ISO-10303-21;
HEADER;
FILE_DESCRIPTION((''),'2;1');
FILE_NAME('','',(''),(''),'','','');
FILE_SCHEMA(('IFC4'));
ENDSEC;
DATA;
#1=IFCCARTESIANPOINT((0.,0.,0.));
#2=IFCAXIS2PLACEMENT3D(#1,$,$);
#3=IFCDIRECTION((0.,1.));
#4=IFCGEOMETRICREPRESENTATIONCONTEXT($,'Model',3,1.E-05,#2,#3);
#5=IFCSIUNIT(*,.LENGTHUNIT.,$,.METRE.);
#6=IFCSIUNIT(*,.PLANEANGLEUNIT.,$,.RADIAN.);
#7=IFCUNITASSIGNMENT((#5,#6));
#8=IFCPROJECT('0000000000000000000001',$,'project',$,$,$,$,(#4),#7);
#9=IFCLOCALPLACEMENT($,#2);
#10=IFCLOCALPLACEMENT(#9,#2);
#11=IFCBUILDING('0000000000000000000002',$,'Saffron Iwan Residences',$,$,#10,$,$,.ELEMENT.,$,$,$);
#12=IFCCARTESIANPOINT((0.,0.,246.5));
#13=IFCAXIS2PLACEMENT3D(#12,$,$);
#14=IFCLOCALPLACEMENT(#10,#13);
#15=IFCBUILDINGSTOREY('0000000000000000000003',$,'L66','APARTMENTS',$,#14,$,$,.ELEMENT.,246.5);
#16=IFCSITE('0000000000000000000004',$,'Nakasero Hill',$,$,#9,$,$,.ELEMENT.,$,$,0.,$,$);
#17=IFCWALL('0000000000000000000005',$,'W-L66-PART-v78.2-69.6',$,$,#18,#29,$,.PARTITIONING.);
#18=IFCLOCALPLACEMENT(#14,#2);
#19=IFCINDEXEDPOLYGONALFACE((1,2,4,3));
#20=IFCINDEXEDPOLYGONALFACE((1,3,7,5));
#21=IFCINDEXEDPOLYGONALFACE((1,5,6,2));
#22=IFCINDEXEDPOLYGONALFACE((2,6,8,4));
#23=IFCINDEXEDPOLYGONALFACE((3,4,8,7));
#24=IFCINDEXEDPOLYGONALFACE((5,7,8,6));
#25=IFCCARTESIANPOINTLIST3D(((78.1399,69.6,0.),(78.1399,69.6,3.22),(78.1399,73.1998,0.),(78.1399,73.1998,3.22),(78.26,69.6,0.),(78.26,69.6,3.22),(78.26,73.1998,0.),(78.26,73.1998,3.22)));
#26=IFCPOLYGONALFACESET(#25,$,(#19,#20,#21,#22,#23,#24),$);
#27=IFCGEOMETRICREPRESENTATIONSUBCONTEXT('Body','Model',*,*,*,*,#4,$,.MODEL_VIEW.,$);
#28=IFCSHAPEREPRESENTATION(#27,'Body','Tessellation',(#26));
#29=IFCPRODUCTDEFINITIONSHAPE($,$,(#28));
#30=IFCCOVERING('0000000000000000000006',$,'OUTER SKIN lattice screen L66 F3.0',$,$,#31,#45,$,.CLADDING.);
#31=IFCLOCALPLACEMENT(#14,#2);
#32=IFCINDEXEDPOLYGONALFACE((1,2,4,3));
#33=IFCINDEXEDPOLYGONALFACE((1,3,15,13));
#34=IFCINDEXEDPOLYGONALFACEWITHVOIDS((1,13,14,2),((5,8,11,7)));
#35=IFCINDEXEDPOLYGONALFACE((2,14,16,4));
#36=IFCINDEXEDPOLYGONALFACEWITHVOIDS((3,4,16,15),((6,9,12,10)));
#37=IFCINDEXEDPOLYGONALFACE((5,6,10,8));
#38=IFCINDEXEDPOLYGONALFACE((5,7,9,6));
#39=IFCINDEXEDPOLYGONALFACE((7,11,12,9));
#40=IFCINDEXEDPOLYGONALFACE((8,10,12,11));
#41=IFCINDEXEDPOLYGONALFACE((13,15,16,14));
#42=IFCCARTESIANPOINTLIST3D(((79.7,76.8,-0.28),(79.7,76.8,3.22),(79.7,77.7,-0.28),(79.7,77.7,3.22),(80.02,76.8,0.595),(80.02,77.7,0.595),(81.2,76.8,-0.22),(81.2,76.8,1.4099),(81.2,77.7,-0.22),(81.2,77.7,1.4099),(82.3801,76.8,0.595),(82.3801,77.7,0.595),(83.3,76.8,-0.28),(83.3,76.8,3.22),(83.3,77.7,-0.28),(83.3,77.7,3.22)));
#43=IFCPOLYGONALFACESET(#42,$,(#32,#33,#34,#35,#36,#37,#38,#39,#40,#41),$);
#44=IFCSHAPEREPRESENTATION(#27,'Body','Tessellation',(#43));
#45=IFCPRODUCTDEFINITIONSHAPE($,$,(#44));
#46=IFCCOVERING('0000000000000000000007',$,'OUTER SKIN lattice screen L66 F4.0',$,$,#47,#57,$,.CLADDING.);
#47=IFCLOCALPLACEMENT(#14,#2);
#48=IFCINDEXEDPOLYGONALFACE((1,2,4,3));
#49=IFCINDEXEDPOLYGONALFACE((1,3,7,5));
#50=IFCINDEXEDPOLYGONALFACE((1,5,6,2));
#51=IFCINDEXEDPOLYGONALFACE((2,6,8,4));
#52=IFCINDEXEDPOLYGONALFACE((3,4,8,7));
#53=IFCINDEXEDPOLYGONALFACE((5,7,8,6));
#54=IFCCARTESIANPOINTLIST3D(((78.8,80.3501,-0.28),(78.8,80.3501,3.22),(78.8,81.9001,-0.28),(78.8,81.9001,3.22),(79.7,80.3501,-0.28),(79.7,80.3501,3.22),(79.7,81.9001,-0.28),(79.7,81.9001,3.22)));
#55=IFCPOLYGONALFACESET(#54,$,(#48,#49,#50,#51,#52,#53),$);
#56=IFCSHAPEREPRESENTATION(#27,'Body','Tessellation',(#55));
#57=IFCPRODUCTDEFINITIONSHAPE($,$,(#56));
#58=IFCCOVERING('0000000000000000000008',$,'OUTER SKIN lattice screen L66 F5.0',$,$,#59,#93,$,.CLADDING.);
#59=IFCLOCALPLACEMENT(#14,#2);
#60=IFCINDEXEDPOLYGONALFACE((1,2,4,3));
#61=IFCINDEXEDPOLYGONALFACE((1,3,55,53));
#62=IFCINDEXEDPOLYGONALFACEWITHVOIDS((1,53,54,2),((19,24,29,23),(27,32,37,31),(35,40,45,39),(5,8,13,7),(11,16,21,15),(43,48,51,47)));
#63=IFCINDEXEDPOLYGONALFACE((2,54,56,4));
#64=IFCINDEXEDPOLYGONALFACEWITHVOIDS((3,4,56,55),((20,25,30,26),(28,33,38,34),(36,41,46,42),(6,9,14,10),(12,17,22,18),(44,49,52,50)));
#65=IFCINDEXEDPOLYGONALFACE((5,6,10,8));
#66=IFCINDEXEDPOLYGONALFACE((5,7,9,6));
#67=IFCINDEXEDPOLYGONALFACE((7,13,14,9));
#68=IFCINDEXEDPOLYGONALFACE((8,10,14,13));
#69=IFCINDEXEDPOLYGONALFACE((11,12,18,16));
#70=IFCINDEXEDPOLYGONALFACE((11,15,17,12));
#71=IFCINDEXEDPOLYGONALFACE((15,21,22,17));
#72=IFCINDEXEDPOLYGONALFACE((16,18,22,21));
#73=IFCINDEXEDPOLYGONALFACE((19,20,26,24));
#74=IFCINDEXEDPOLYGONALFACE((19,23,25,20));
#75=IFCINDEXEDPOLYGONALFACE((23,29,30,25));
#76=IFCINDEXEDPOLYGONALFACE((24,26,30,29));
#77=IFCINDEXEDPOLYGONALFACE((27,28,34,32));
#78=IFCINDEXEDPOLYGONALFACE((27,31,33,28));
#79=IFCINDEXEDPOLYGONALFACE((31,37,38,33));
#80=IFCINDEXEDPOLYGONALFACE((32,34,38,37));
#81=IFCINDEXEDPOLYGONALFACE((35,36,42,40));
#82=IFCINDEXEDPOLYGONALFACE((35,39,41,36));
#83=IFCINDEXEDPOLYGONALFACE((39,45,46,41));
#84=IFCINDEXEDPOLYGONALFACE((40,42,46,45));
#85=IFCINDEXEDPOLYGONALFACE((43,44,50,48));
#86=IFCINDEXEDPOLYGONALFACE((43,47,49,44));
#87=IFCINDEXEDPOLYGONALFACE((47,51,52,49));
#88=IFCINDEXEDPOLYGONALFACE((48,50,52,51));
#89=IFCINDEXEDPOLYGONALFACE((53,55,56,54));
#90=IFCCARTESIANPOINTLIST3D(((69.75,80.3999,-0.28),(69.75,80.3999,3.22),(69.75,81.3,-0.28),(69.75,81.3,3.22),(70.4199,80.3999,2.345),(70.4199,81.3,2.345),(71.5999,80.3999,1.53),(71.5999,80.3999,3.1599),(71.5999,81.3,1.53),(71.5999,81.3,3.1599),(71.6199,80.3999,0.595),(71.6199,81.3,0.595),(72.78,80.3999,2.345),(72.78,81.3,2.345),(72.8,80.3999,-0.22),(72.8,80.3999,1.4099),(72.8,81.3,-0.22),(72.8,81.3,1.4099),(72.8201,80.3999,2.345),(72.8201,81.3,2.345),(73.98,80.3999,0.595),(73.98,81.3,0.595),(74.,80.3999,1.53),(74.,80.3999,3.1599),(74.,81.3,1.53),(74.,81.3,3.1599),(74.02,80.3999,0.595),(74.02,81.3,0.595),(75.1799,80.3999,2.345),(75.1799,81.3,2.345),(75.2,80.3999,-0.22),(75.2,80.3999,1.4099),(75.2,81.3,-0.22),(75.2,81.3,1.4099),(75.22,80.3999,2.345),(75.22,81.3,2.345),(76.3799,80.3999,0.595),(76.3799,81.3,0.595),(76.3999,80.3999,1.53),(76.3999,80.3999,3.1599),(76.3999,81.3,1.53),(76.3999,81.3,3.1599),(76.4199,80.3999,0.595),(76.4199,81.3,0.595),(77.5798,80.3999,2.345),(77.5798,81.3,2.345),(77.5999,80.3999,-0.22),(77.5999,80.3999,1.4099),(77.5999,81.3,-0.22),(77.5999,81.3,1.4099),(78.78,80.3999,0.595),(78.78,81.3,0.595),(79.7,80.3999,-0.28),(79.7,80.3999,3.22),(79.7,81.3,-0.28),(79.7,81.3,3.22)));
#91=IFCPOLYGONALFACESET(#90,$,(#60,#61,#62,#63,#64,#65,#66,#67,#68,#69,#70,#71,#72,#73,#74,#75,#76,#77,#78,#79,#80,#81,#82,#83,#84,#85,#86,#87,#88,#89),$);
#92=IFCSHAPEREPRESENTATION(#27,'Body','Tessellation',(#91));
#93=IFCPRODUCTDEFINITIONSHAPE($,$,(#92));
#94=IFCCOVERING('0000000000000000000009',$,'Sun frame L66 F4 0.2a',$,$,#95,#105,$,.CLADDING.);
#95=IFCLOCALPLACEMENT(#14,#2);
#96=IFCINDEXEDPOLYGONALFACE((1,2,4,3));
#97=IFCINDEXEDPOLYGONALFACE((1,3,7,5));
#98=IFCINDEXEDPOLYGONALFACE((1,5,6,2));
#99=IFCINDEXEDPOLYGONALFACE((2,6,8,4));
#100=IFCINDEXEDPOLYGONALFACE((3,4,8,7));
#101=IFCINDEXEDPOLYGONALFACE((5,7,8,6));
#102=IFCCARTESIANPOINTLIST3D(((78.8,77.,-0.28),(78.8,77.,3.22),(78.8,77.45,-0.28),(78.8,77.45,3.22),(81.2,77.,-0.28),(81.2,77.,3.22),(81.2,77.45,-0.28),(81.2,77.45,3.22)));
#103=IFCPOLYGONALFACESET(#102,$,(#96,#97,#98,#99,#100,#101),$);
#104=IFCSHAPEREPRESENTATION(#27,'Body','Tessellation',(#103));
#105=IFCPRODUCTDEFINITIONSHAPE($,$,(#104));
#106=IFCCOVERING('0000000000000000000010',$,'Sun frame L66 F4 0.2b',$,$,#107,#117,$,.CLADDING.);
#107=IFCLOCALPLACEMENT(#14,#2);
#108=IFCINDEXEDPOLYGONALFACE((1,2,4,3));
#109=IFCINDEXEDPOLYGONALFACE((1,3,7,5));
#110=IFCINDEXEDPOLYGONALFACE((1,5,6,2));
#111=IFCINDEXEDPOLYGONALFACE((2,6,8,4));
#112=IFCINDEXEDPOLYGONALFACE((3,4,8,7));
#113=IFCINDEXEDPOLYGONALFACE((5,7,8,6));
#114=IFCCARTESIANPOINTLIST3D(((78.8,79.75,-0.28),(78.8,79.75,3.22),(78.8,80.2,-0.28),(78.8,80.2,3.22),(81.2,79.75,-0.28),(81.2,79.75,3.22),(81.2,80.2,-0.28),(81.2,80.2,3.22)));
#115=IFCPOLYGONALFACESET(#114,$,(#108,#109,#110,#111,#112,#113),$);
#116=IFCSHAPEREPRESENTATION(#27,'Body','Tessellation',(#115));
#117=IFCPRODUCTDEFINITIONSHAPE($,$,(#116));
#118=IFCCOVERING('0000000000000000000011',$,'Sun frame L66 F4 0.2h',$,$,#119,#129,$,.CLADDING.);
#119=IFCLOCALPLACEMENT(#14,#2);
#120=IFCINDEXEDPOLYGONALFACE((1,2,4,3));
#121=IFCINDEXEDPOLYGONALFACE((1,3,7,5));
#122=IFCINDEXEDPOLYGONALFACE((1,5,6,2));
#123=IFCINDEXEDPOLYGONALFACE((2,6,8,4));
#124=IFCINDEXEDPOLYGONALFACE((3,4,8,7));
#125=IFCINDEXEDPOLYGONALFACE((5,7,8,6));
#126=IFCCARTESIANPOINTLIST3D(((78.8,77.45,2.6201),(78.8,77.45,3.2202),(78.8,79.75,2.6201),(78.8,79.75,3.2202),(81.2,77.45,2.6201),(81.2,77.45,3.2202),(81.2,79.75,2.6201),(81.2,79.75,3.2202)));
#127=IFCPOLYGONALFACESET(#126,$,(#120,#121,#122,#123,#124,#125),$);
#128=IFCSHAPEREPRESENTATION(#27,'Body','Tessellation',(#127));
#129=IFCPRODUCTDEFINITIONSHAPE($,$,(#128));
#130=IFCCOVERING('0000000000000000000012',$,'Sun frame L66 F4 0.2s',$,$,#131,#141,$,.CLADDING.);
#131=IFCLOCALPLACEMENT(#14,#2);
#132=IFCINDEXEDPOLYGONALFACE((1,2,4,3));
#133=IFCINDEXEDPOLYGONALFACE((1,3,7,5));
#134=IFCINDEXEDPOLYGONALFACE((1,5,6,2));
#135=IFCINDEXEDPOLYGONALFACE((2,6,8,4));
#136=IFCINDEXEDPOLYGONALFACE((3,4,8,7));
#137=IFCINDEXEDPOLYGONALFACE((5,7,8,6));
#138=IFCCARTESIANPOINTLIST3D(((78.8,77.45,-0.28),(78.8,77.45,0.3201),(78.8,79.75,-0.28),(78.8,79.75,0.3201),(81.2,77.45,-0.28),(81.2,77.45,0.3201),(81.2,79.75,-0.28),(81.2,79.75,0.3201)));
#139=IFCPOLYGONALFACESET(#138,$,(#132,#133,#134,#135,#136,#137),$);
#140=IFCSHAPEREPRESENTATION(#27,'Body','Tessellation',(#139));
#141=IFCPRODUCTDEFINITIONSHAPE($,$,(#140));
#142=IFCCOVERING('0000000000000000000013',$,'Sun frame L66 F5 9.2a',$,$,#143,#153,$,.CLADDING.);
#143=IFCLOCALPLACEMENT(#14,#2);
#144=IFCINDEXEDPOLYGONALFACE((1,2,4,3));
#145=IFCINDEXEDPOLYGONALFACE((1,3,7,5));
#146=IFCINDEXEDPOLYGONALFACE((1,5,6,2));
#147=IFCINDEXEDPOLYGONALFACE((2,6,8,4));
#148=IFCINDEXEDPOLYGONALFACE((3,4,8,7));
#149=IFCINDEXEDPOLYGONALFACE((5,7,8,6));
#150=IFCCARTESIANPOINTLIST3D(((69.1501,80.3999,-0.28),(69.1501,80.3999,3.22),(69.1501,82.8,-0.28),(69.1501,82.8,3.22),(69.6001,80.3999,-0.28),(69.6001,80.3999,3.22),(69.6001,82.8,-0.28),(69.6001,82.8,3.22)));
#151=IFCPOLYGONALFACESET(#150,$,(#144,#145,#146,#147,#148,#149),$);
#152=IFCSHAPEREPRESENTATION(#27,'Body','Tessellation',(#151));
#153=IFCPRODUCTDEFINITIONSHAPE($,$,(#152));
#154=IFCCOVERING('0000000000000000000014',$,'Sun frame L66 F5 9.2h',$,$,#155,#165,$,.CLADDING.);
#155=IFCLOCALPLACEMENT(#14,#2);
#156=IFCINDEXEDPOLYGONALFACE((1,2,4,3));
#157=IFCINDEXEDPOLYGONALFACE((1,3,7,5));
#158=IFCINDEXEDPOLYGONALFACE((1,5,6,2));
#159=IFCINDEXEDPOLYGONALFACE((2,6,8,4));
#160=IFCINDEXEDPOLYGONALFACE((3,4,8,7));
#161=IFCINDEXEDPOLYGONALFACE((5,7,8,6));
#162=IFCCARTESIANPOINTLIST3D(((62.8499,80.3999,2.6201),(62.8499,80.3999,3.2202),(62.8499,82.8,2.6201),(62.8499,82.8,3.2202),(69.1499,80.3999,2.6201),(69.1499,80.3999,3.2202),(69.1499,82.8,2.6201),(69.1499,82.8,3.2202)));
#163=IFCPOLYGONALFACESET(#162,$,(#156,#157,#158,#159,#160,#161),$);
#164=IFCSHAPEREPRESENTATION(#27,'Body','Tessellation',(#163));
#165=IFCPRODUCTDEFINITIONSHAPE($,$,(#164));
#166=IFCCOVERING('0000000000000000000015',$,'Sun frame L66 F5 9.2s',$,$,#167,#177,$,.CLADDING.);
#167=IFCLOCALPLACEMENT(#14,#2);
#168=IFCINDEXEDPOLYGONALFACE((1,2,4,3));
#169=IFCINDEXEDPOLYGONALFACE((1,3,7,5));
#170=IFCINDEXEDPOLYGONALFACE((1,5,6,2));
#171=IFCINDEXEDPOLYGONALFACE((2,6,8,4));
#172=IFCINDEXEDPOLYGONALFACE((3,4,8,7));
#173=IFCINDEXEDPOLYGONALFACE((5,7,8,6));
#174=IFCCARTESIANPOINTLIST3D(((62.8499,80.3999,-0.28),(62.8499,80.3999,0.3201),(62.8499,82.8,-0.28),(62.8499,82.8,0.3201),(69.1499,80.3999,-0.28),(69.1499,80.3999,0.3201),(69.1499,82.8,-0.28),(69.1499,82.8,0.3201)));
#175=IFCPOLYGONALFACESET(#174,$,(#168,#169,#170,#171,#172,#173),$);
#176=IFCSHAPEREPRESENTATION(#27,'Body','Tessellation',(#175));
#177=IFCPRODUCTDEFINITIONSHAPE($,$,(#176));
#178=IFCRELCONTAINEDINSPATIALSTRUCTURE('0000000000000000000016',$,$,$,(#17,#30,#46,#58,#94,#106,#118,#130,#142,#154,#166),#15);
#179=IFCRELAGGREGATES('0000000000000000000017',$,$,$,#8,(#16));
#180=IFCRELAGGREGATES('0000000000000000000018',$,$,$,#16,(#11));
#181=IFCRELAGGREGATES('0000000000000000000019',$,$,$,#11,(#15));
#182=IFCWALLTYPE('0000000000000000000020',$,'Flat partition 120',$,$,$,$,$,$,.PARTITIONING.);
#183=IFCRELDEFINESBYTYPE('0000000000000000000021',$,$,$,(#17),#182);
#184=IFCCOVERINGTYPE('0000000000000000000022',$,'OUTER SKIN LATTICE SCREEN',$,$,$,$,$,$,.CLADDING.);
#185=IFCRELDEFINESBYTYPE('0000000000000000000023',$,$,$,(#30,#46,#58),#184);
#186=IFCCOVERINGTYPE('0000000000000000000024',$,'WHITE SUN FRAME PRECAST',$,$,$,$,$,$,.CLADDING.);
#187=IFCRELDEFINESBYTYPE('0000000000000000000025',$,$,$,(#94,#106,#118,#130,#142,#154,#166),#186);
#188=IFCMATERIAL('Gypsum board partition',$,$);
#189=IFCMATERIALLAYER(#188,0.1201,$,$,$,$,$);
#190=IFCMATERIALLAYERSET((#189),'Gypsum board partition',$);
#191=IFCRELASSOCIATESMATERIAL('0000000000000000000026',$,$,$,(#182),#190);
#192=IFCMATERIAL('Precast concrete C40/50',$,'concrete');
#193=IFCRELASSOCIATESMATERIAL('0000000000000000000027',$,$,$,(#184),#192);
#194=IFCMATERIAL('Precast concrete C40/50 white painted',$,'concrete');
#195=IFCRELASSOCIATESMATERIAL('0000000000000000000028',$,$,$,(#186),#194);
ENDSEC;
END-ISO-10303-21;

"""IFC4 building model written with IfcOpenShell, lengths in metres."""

from ifc_helpers import new_model, si_unit, direction, frame, frame_2d, origin, place, context, subcontext, project, spatial, polyline, rectangle, outline, extrude, material, layer, layer_set, type_object, element, save


model = new_model("IFC4")

# Units and contexts
model_context = context("Model", 3, precision=1e-05, world=origin(), true_north=direction((0.0, 1.0)))
body_context = subcontext(model_context, "Body", "Model", "MODEL_VIEW")
ifc_project = project(units=[si_unit("LENGTHUNIT", "METRE"), si_unit("PLANEANGLEUNIT", "RADIAN")], contexts=[model_context])

# Site, building, storey
site_placement = place(None, origin())
site = spatial("IfcSite", under=ifc_project, at=site_placement, Name="Nakasero Hill", CompositionType="ELEMENT", RefElevation=0.0)
building_placement = place(site_placement, origin())
building = spatial("IfcBuilding", under=site, at=building_placement, Name="Saffron Iwan Residences", CompositionType="ELEMENT")
storey_placement = place(building_placement, frame((0.0, 0.0, 246.5)))
storey = spatial("IfcBuildingStorey", under=building, at=storey_placement, Name="L66", Description="APARTMENTS", CompositionType="ELEMENT", Elevation=246.5)

# Shared definitions
ifc_material_1 = material(Name="Gypsum board partition")
ifc_layer_1 = layer(ifc_material_1, 0.1201)
ifc_layer_set_1 = layer_set([ifc_layer_1], Name="Gypsum board partition")
wall_type_1 = type_object("IfcWallType", Name="Flat partition 120", PredefinedType="PARTITIONING", material=ifc_layer_set_1)

# Wall
wall_1_placement = place(storey_placement, frame((78.2, 69.6001, 0.0), z_axis=(0.0, 0.0, 1.0), x_axis=(0.0, 1.0, 0.0)))
element("IfcWall", 1, at=wall_1_placement, inside=storey, type_object=wall_type_1, Name="W-L66-PART-v78.2-69.6", PredefinedType="PARTITIONING", context=body_context, shape_type="SweptSolid", body=[
    extrude(rectangle(XDim=3.5999, YDim=0.1201, at=frame_2d((1.7998, 0.0))), origin(), (0.0, 0.0, 1.0), 3.22),
])

# Coverings
ifc_material_2 = material(Name="Precast concrete C40/50", Category="concrete")
covering_type_1 = type_object("IfcCoveringType", Name="OUTER SKIN LATTICE SCREEN", PredefinedType="CLADDING", material=ifc_material_2)
covering_1_placement = place(storey_placement, frame((83.3, 76.8, -0.28), z_axis=(0.0, 1.0, 0.0), x_axis=(-1.0, 0.0, 0.0)))
element("IfcCovering", 2, at=covering_1_placement, inside=storey, type_object=covering_type_1, Name="OUTER SKIN lattice screen L66 F3.0", PredefinedType="CLADDING", context=body_context, shape_type="SweptSolid", body=[
    extrude(outline(polyline([(0.0, 0.0), (3.6001, 0.0), (3.6001, 3.5), (0.0, 3.5), (0.0, 0.0)]), holes=[polyline([(0.9199, 0.875), (2.1001, 0.0601), (3.28, 0.875), (2.1001, 1.6899), (0.9199, 0.875)])]), origin(), (0.0, 0.0, 1.0), 0.8999),
])
covering_2_placement = place(storey_placement, frame((78.8, 80.3501, -0.28), z_axis=(1.0, 0.0, 0.0), x_axis=(0.0, 1.0, 0.0)))
element("IfcCovering", 3, at=covering_2_placement, inside=storey, type_object=covering_type_1, Name="OUTER SKIN lattice screen L66 F4.0", PredefinedType="CLADDING", context=body_context, shape_type="SweptSolid", body=[
    extrude(outline(polyline([(0.0, 0.0), (1.55, 0.0), (1.55, 3.5), (0.0, 3.5), (0.0, 0.0)])), origin(), (0.0, 0.0, 1.0), 0.8999),
])
covering_3_placement = place(storey_placement, frame((79.7, 80.3999, -0.28), z_axis=(0.0, 1.0, 0.0), x_axis=(-1.0, 0.0, 0.0)))
element("IfcCovering", 4, at=covering_3_placement, inside=storey, type_object=covering_type_1, Name="OUTER SKIN lattice screen L66 F5.0", PredefinedType="CLADDING", context=body_context, shape_type="SweptSolid", body=[
    extrude(outline(polyline([(0.0, 0.0), (9.95, 0.0), (9.95, 3.5), (0.0, 3.5), (0.0, 0.0)]), holes=[polyline([(0.9199, 0.875), (2.1001, 0.0601), (3.28, 0.875), (2.1001, 1.6899), (0.9199, 0.875)]), polyline([(3.3201, 0.875), (4.5, 0.0601), (5.6799, 0.875), (4.5, 1.6899), (3.3201, 0.875)]), polyline([(5.72, 0.875), (6.8999, 0.0601), (8.0801, 0.875), (6.8999, 1.6899), (5.72, 0.875)]), polyline([(2.1201, 2.625), (3.3, 1.8101), (4.48, 2.625), (3.3, 3.4399), (2.1201, 2.625)]), polyline([(4.52, 2.625), (5.7, 1.8101), (6.8799, 2.625), (5.7, 3.4399), (4.52, 2.625)]), polyline([(6.9199, 2.625), (8.1001, 1.8101), (9.28, 2.625), (8.1001, 3.4399), (6.9199, 2.625)])]), origin(), (0.0, 0.0, 1.0), 0.9001),
])
ifc_material_3 = material(Name="Precast concrete C40/50 white painted", Category="concrete")
covering_type_2 = type_object("IfcCoveringType", Name="WHITE SUN FRAME PRECAST", PredefinedType="CLADDING", material=ifc_material_3)
for number, where, z_axis, x_axis, name in (
    (5, (78.8, 77.0, -0.28), (1.0, 0.0, 0.0), (0.0, 1.0, 0.0), "Sun frame L66 F4 0.2a"),
    (6, (78.8, 79.75, -0.28), (1.0, 0.0, 0.0), (0.0, 1.0, 0.0), "Sun frame L66 F4 0.2b"),
):
    element("IfcCovering", number, at=place(storey_placement, frame(where, z_axis=z_axis, x_axis=x_axis)), inside=storey, type_object=covering_type_2, Name=name, PredefinedType="CLADDING", context=body_context, shape_type="SweptSolid", body=[
        extrude(outline(polyline([(0.0, 0.0), (0.45, 0.0), (0.45, 3.5), (0.0, 3.5), (0.0, 0.0)])), origin(), (0.0, 0.0, 1.0), 2.3999),
    ])
for number, where, z_axis, x_axis, name in (
    (7, (78.8, 77.45, 2.6201), (1.0, 0.0, 0.0), (0.0, 1.0, 0.0), "Sun frame L66 F4 0.2h"),
    (8, (78.8, 77.45, -0.28), (1.0, 0.0, 0.0), (0.0, 1.0, 0.0), "Sun frame L66 F4 0.2s"),
):
    element("IfcCovering", number, at=place(storey_placement, frame(where, z_axis=z_axis, x_axis=x_axis)), inside=storey, type_object=covering_type_2, Name=name, PredefinedType="CLADDING", context=body_context, shape_type="SweptSolid", body=[
        extrude(outline(polyline([(0.0, 0.0), (2.3, 0.0), (2.3, 0.6001), (0.0, 0.6001), (0.0, 0.0)])), origin(), (0.0, 0.0, 1.0), 2.3999),
    ])
covering_4_placement = place(storey_placement, frame((69.6001, 80.3999, -0.28), z_axis=(0.0, 1.0, 0.0), x_axis=(-1.0, 0.0, 0.0)))
element("IfcCovering", 9, at=covering_4_placement, inside=storey, type_object=covering_type_2, Name="Sun frame L66 F5 9.2a", PredefinedType="CLADDING", context=body_context, shape_type="SweptSolid", body=[
    extrude(outline(polyline([(0.0, 0.0), (0.45, 0.0), (0.45, 3.5), (0.0, 3.5), (0.0, 0.0)])), origin(), (0.0, 0.0, 1.0), 2.4001),
])
for number, where, z_axis, x_axis, name in (
    (10, (69.1499, 80.3999, 2.6201), (0.0, 1.0, 0.0), (-1.0, 0.0, 0.0), "Sun frame L66 F5 9.2h"),
    (11, (69.1499, 80.3999, -0.28), (0.0, 1.0, 0.0), (-1.0, 0.0, 0.0), "Sun frame L66 F5 9.2s"),
):
    element("IfcCovering", number, at=place(storey_placement, frame(where, z_axis=z_axis, x_axis=x_axis)), inside=storey, type_object=covering_type_2, Name=name, PredefinedType="CLADDING", context=body_context, shape_type="SweptSolid", body=[
        extrude(outline(polyline([(0.0, 0.0), (6.3, 0.0), (6.3, 0.6001), (0.0, 0.6001), (0.0, 0.0)])), origin(), (0.0, 0.0, 1.0), 2.4001),
    ])

save(model, "model.ifc")
